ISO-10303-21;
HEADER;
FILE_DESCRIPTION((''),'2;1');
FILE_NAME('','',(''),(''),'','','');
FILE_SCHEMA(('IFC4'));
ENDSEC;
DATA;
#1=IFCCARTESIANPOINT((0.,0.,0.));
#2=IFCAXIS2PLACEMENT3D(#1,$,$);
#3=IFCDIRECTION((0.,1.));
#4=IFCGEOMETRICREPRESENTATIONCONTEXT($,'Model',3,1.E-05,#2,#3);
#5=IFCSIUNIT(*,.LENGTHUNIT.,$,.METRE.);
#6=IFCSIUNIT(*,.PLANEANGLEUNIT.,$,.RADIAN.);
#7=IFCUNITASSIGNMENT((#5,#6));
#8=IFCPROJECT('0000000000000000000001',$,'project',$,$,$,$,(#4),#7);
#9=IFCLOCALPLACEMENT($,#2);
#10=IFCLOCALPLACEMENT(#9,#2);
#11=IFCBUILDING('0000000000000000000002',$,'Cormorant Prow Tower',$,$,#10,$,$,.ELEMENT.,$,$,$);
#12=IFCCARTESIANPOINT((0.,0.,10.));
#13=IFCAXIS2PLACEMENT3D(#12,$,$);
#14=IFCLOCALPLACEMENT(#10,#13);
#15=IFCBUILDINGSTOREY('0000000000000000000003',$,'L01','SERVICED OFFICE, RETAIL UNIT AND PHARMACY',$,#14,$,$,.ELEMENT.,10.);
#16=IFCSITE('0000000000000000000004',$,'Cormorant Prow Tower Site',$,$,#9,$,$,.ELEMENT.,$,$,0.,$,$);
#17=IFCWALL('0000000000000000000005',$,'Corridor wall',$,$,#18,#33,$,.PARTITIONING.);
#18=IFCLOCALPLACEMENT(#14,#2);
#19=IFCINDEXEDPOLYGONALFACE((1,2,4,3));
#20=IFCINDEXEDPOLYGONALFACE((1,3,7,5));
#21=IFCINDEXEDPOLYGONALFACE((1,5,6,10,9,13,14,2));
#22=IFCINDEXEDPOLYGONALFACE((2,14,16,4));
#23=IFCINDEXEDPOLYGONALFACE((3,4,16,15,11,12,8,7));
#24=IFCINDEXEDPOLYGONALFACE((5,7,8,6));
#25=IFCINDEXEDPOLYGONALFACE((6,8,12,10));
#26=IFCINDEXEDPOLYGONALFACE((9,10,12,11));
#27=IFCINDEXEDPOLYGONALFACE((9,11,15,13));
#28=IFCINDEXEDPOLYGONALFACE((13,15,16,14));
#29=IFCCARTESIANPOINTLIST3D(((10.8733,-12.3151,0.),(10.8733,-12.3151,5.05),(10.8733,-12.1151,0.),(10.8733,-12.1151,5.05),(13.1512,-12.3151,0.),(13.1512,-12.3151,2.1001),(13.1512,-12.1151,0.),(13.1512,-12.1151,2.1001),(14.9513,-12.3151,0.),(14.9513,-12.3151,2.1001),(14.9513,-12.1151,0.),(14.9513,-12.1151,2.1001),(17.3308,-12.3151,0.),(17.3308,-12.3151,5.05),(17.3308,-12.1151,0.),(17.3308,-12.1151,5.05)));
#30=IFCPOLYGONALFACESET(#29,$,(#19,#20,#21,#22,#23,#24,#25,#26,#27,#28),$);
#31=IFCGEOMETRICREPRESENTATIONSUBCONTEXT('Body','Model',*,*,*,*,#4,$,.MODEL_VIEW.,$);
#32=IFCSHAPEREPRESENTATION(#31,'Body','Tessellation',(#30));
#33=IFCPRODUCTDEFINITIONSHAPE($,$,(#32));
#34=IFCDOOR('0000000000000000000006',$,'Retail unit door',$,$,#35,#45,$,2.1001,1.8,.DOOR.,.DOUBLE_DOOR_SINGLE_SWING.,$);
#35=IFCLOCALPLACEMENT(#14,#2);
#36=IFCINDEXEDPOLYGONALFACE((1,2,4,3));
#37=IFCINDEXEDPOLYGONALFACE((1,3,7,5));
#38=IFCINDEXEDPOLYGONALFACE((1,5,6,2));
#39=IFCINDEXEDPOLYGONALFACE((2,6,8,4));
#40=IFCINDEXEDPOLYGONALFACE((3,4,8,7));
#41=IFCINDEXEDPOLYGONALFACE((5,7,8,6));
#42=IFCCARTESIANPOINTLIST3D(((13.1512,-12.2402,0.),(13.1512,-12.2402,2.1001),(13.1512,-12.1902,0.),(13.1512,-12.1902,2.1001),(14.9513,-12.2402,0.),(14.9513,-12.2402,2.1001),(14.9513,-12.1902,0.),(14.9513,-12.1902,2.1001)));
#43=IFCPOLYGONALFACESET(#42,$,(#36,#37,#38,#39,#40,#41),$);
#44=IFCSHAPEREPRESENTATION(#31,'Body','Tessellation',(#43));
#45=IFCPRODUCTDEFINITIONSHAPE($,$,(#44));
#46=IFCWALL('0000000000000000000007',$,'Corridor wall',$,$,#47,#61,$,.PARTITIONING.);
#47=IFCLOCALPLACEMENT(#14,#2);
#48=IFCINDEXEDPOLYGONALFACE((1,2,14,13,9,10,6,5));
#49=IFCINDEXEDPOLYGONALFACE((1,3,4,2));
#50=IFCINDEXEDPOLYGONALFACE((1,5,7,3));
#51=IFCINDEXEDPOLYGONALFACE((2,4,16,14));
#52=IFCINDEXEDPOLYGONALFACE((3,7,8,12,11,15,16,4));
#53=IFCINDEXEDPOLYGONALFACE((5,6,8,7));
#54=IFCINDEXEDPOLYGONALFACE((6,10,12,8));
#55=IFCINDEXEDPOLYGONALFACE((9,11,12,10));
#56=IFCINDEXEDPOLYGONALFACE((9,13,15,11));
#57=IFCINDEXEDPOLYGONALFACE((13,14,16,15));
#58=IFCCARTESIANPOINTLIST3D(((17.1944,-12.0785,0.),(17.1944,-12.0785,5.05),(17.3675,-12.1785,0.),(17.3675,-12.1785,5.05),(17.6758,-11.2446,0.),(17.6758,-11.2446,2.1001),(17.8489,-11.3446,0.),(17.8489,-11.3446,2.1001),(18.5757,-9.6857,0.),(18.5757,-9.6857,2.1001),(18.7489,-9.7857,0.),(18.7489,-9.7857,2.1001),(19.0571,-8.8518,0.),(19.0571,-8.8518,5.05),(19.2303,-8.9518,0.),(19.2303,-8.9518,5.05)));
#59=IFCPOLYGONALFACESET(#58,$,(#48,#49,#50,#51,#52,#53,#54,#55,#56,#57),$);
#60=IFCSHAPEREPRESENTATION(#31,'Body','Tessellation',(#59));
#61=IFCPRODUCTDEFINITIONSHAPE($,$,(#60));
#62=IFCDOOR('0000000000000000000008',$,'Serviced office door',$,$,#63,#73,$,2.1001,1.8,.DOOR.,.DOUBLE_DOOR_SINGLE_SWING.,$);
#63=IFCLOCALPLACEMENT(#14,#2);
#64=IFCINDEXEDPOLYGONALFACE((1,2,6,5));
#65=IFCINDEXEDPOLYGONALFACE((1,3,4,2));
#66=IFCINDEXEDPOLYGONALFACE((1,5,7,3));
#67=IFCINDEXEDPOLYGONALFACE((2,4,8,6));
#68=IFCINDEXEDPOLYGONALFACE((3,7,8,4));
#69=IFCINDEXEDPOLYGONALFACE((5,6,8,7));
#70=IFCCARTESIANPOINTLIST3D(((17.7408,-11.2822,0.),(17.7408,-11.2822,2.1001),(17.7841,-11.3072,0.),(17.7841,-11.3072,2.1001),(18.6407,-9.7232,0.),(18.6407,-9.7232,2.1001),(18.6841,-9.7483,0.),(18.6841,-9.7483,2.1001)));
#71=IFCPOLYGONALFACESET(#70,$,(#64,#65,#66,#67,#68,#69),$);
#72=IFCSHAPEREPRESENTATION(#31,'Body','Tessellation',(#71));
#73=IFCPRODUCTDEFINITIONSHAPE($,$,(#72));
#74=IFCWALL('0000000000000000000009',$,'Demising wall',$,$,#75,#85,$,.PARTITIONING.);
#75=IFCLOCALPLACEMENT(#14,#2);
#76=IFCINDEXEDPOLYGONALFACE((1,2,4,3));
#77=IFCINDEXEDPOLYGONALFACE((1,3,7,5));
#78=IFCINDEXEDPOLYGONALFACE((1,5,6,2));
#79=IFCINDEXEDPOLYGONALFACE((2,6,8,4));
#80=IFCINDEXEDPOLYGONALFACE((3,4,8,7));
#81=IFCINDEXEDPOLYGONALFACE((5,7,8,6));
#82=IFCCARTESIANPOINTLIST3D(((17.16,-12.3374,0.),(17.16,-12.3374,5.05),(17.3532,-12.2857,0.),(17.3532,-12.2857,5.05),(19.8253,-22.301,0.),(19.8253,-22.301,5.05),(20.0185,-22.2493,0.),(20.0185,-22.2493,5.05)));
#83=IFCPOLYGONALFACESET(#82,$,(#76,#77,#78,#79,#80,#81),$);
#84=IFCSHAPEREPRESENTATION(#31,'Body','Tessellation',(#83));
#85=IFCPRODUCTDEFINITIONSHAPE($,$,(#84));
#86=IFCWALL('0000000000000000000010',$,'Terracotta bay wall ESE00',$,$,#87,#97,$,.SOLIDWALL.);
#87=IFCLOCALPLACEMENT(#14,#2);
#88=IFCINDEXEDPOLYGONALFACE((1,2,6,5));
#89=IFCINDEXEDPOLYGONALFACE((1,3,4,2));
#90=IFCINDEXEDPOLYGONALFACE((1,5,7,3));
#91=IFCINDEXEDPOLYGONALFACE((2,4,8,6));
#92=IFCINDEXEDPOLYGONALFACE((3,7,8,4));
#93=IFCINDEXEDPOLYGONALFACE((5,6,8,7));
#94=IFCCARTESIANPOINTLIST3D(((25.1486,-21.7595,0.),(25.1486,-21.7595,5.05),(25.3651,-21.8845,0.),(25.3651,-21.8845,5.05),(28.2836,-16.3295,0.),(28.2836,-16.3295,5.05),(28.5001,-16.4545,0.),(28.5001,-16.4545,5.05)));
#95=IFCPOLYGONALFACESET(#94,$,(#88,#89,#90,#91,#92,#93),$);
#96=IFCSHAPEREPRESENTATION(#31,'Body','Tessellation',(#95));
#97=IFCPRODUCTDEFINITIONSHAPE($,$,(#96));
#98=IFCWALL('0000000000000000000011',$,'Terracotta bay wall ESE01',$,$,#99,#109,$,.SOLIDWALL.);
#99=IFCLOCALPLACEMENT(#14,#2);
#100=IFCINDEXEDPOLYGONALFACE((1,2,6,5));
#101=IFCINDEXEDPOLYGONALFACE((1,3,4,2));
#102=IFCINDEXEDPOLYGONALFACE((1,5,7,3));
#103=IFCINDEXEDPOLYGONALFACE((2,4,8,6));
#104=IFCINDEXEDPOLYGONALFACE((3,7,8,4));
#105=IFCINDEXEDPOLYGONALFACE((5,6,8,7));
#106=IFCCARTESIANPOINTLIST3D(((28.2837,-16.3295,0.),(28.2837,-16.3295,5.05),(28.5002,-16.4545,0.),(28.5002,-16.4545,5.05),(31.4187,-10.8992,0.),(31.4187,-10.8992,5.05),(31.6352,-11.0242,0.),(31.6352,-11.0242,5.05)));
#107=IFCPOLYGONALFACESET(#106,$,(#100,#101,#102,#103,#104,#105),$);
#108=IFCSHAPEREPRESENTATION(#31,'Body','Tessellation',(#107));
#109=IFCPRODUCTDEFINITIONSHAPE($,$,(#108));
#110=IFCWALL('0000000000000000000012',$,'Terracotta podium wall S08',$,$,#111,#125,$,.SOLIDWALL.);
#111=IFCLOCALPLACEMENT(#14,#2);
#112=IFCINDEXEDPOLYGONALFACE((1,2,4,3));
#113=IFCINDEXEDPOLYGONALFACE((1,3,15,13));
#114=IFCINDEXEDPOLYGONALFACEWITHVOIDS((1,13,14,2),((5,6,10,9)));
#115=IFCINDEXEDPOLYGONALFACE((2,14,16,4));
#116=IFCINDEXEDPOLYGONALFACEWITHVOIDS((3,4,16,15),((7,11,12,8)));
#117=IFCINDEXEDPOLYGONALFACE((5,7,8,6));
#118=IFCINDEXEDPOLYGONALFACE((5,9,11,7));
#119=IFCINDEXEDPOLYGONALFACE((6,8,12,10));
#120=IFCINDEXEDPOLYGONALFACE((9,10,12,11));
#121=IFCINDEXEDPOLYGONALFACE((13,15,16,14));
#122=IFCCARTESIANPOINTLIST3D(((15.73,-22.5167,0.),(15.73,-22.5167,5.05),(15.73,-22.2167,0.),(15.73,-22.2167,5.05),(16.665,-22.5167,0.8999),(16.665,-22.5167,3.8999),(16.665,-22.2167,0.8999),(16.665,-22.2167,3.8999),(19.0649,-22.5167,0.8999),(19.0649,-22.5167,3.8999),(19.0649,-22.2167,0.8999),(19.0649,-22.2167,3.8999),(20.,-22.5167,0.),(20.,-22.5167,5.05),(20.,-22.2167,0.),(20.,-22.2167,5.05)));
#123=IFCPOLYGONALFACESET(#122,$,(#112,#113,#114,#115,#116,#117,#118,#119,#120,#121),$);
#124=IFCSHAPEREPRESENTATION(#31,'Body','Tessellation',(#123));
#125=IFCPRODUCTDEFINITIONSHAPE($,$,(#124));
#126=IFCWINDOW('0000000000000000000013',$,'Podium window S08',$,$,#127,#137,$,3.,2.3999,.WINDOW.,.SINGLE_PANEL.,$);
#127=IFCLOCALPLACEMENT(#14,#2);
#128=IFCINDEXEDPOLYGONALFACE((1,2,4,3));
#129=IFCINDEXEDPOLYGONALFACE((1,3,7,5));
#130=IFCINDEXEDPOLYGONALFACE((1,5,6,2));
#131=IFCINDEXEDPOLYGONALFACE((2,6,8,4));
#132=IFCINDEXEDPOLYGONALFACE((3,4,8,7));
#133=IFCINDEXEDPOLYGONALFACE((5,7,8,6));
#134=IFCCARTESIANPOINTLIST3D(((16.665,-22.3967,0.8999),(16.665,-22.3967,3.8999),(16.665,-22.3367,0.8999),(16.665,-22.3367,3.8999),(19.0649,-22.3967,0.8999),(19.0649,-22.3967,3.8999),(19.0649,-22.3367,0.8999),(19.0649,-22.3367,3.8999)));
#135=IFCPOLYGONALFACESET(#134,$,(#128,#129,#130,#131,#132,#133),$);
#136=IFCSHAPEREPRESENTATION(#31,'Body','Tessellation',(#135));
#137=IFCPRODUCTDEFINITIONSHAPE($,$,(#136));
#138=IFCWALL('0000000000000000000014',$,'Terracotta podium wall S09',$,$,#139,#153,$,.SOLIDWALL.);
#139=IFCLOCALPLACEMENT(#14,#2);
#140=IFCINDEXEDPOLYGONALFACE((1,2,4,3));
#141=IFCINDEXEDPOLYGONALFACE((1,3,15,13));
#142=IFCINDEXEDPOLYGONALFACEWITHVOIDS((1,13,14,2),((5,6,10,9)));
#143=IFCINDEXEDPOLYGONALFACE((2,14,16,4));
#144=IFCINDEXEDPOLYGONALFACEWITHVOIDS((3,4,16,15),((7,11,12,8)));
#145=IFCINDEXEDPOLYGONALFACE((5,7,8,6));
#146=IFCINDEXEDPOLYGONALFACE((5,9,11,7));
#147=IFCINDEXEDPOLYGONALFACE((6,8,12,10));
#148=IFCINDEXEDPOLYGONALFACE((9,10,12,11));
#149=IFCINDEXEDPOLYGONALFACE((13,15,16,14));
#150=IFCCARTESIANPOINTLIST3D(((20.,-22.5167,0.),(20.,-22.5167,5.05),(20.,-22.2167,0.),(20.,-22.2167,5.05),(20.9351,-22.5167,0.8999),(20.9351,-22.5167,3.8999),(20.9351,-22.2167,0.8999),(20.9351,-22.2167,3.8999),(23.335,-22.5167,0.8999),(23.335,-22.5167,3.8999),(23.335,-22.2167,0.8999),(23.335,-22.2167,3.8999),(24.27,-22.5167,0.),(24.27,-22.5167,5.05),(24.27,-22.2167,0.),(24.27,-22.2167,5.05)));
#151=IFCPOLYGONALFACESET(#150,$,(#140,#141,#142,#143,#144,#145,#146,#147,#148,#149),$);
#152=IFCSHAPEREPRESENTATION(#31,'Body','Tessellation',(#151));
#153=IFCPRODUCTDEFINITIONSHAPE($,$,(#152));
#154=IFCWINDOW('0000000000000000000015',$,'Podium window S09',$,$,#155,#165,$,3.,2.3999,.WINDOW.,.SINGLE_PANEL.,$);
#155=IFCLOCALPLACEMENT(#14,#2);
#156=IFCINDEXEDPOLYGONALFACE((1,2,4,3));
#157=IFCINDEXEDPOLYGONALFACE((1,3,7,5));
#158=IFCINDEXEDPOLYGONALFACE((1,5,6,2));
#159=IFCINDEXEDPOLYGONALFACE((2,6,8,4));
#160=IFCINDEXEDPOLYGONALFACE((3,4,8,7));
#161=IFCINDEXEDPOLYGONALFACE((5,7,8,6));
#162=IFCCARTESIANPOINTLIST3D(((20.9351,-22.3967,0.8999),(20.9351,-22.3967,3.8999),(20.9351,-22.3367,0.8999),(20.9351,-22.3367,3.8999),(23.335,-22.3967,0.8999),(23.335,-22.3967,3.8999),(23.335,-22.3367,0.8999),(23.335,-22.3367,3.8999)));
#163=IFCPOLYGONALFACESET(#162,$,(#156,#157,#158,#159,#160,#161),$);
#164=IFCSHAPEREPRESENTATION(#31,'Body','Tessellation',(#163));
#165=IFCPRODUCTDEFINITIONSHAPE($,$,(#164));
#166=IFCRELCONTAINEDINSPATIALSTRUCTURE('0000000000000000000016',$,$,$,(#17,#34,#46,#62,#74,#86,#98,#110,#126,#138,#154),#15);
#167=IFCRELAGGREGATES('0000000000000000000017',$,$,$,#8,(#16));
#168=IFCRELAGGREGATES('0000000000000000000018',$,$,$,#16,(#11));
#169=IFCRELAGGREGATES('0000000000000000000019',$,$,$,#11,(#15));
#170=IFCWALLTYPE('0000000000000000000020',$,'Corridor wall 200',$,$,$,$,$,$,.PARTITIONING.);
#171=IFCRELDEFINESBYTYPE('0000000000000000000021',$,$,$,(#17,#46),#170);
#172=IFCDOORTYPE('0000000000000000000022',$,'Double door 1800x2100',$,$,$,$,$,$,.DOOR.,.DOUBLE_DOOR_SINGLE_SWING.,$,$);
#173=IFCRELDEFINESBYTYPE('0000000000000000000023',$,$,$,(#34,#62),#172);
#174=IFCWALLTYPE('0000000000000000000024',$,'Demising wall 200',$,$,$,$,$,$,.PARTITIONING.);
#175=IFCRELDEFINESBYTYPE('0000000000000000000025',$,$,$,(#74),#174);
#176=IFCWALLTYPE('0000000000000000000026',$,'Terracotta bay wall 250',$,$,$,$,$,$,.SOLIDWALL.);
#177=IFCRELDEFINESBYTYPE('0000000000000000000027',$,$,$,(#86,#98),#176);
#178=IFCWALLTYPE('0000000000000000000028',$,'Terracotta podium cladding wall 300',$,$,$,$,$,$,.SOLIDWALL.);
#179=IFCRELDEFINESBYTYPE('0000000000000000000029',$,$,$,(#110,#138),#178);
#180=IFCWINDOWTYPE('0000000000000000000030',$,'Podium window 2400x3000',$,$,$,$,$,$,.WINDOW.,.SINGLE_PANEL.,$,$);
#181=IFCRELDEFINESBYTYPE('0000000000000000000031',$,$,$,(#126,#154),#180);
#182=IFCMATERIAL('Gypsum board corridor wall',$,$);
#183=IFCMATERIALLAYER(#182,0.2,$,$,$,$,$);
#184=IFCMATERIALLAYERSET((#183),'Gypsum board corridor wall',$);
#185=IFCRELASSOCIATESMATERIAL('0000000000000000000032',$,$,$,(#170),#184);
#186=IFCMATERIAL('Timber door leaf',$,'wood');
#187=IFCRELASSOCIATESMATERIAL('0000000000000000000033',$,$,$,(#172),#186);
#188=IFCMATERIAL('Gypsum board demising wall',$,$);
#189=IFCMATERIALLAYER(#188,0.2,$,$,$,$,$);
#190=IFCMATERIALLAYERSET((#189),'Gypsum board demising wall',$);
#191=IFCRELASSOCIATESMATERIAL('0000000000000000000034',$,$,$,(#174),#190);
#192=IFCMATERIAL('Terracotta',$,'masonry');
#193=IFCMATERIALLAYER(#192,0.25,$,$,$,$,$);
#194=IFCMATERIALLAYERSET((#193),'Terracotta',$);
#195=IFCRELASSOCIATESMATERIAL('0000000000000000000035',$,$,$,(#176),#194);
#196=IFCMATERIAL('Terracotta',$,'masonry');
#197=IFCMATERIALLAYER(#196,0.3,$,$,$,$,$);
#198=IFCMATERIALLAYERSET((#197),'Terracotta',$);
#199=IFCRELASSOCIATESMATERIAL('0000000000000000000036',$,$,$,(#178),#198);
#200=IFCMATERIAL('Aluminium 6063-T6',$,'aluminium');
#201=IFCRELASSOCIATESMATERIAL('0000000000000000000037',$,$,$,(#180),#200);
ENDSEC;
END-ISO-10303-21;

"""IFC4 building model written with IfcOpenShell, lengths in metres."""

from ifc_helpers import new_model, si_unit, direction, frame, frame_2d, origin, place, context, subcontext, project, spatial, rectangle, extrude, material, layer, layer_set, type_object, element, fill, save


model = new_model("IFC4")

# Units and contexts
model_context = context("Model", 3, precision=1e-05, world=origin(), true_north=direction((0.0, 1.0)))
body_context = subcontext(model_context, "Body", "Model", "MODEL_VIEW")
ifc_project = project(units=[si_unit("LENGTHUNIT", "METRE"), si_unit("PLANEANGLEUNIT", "RADIAN")], contexts=[model_context])

# Site, building, storey
site_placement = place(None, origin())
site = spatial("IfcSite", under=ifc_project, at=site_placement, Name="Cormorant Prow Tower Site", CompositionType="ELEMENT", RefElevation=0.0)
building_placement = place(site_placement, origin())
building = spatial("IfcBuilding", under=site, at=building_placement, Name="Cormorant Prow Tower", CompositionType="ELEMENT")
storey_placement = place(building_placement, frame((0.0, 0.0, 10.0)))
storey = spatial("IfcBuildingStorey", under=building, at=storey_placement, Name="L01", Description="SERVICED OFFICE, RETAIL UNIT AND PHARMACY", CompositionType="ELEMENT", Elevation=10.0)

# Walls, openings, doors
ifc_material_1 = material(Name="Gypsum board corridor wall")
ifc_layer_1 = layer(ifc_material_1, 0.2)
ifc_layer_set_1 = layer_set([ifc_layer_1], Name="Gypsum board corridor wall")
wall_type_1 = type_object("IfcWallType", Name="Corridor wall 200", PredefinedType="PARTITIONING", material=ifc_layer_set_1)
wall_1_placement = place(storey_placement, frame((10.8733, -12.2151, 0.0), z_axis=(0.0, 0.0, 1.0), x_axis=(1.0, 0.0, 0.0)))
wall_1 = element("IfcWall", 1, at=wall_1_placement, inside=storey, type_object=wall_type_1, Name="Corridor wall", PredefinedType="PARTITIONING", context=body_context, shape_type="SweptSolid", body=[
    extrude(rectangle(XDim=6.4575, YDim=0.2, at=frame_2d((3.2288, 0.0))), origin(), (0.0, 0.0, 1.0), 5.05),
])
opening_1_placement = place(wall_1_placement, frame((2.2781, 0.0, 0.0)))
opening_1 = element("IfcOpeningElement", 2, at=opening_1_placement, cuts=wall_1, PredefinedType="OPENING", context=body_context, shape_type="SweptSolid", body=[
    extrude(rectangle(XDim=1.8, YDim=2.1001, at=frame_2d((0.8999, 1.05))), frame((0.0, 0.1099, 0.0), z_axis=(0.0, -1.0, 0.0), x_axis=(1.0, 0.0, 0.0)), (0.0, 0.0, 1.0), 0.22),
])
ifc_material_2 = material(Name="Timber door leaf", Category="wood")
door_type = type_object("IfcDoorType", Name="Double door 1800x2100", OperationType="DOUBLE_DOOR_SINGLE_SWING", PredefinedType="DOOR", material=ifc_material_2)
door_1_placement = place(opening_1_placement, origin())
door_1 = element("IfcDoor", 3, at=door_1_placement, inside=storey, type_object=door_type, Name="Retail unit door", OperationType="DOUBLE_DOOR_SINGLE_SWING", OverallHeight=2.1001, OverallWidth=1.8, PredefinedType="DOOR", context=body_context, shape_type="SweptSolid", body=[
    extrude(rectangle(XDim=1.8, YDim=2.1001, at=frame_2d((0.8999, 1.05))), frame((0.0, 0.0249, 0.0), z_axis=(0.0, -1.0, 0.0), x_axis=(1.0, 0.0, 0.0)), (0.0, 0.0, 1.0), 0.05),
])
fill(opening_1, door_1)
wall_2_placement = place(storey_placement, frame((17.281, -12.1284, 0.0), z_axis=(0.0, 0.0, 1.0), x_axis=(0.499959, 0.866049, 0.0)))
wall_2 = element("IfcWall", 4, at=wall_2_placement, inside=storey, type_object=wall_type_1, Name="Corridor wall", PredefinedType="PARTITIONING", context=body_context, shape_type="SweptSolid", body=[
    extrude(rectangle(XDim=3.7258, YDim=0.2, at=frame_2d((1.8628, 0.0))), origin(), (0.0, 0.0, 1.0), 5.05),
])
opening_2_placement = place(wall_2_placement, frame((0.9629, 0.0, 0.0)))
opening_2 = element("IfcOpeningElement", 5, at=opening_2_placement, cuts=wall_2, PredefinedType="OPENING", context=body_context, shape_type="SweptSolid", body=[
    extrude(rectangle(XDim=1.8, YDim=2.1001, at=frame_2d((0.8999, 1.05))), frame((0.0, 0.1099, 0.0), z_axis=(0.0, -1.0, 0.0), x_axis=(1.0, 0.0, 0.0)), (0.0, 0.0, 1.0), 0.22),
])
door_2_placement = place(opening_2_placement, origin())
door_2 = element("IfcDoor", 6, at=door_2_placement, inside=storey, type_object=door_type, Name="Serviced office door", OperationType="DOUBLE_DOOR_SINGLE_SWING", OverallHeight=2.1001, OverallWidth=1.8, PredefinedType="DOOR", context=body_context, shape_type="SweptSolid", body=[
    extrude(rectangle(XDim=1.8, YDim=2.1001, at=frame_2d((0.8999, 1.05))), frame((0.0, 0.0249, 0.0), z_axis=(0.0, -1.0, 0.0), x_axis=(1.0, 0.0, 0.0)), (0.0, 0.0, 1.0), 0.05),
])
fill(opening_2, door_2)

# Walls
ifc_material_3 = material(Name="Gypsum board demising wall")
ifc_layer_2 = layer(ifc_material_3, 0.2)
ifc_layer_set_2 = layer_set([ifc_layer_2], Name="Gypsum board demising wall")
wall_type_2 = type_object("IfcWallType", Name="Demising wall 200", PredefinedType="PARTITIONING", material=ifc_layer_set_2)
wall_3_placement = place(storey_placement, frame((17.2566, -12.3115, 0.0), z_axis=(0.0, 0.0, 1.0), x_axis=(0.258415, -0.966034, 0.0)))
element("IfcWall", 7, at=wall_3_placement, inside=storey, type_object=wall_type_2, Name="Demising wall", PredefinedType="PARTITIONING", context=body_context, shape_type="SweptSolid", body=[
    extrude(rectangle(XDim=10.314, YDim=0.2, at=frame_2d((5.157, 0.0))), origin(), (0.0, 0.0, 1.0), 5.05),
])
ifc_material_4 = material(Name="Terracotta", Category="masonry")
ifc_layer_3 = layer(ifc_material_4, 0.25)
ifc_layer_set_3 = layer_set([ifc_layer_3], Name="Terracotta")
wall_type_3 = type_object("IfcWallType", Name="Terracotta bay wall 250", PredefinedType="SOLIDWALL", material=ifc_layer_set_3)
wall_4_placement = place(storey_placement, frame((25.2568, -21.822, 0.0), z_axis=(0.0, 0.0, 1.0), x_axis=(0.500004, 0.866023, 0.0)))
element("IfcWall", 8, at=wall_4_placement, inside=storey, type_object=wall_type_3, Name="Terracotta bay wall ESE00", PredefinedType="SOLIDWALL", context=body_context, shape_type="SweptSolid", body=[
    extrude(rectangle(XDim=6.27, YDim=0.25, at=frame_2d((3.135, 0.0))), origin(), (0.0, 0.0, 1.0), 5.05),
])
wall_5_placement = place(storey_placement, frame((28.3918, -16.3921, 0.0), z_axis=(0.0, 0.0, 1.0), x_axis=(0.499988, 0.866033, 0.0)))
element("IfcWall", 9, at=wall_5_placement, inside=storey, type_object=wall_type_3, Name="Terracotta bay wall ESE01", PredefinedType="SOLIDWALL", context=body_context, shape_type="SweptSolid", body=[
    extrude(rectangle(XDim=6.2703, YDim=0.25, at=frame_2d((3.1353, 0.0))), origin(), (0.0, 0.0, 1.0), 5.05),
])

# Walls, openings, windows
ifc_material_5 = material(Name="Terracotta", Category="masonry")
ifc_layer_4 = layer(ifc_material_5, 0.3)
ifc_layer_set_4 = layer_set([ifc_layer_4], Name="Terracotta")
wall_type_4 = type_object("IfcWallType", Name="Terracotta podium cladding wall 300", PredefinedType="SOLIDWALL", material=ifc_layer_set_4)
wall_6_placement = place(storey_placement, frame((15.73, -22.3667, 0.0), z_axis=(0.0, 0.0, 1.0), x_axis=(1.0, 0.0, 0.0)))
wall_6 = element("IfcWall", 10, at=wall_6_placement, inside=storey, type_object=wall_type_4, Name="Terracotta podium wall S08", PredefinedType="SOLIDWALL", context=body_context, shape_type="SweptSolid", body=[
    extrude(rectangle(XDim=4.27, YDim=0.3, at=frame_2d((2.135, 0.0))), origin(), (0.0, 0.0, 1.0), 5.05),
])
opening_3_placement = place(wall_6_placement, frame((0.9351, 0.0, 0.8999)))
opening_3 = element("IfcOpeningElement", 11, at=opening_3_placement, cuts=wall_6, PredefinedType="OPENING", context=body_context, shape_type="SweptSolid", body=[
    extrude(rectangle(XDim=2.3999, YDim=3.0, at=frame_2d((1.2, 1.5))), frame((0.0, 0.1599, 0.0), z_axis=(0.0, -1.0, 0.0), x_axis=(1.0, 0.0, 0.0)), (0.0, 0.0, 1.0), 0.3201),
])
ifc_material_6 = material(Name="Aluminium 6063-T6", Category="aluminium")
window_type = type_object("IfcWindowType", Name="Podium window 2400x3000", PartitioningType="SINGLE_PANEL", PredefinedType="WINDOW", material=ifc_material_6)
window_1_placement = place(opening_3_placement, origin())
window_1 = element("IfcWindow", 12, at=window_1_placement, inside=storey, type_object=window_type, Name="Podium window S08", OverallHeight=3.0, OverallWidth=2.3999, PartitioningType="SINGLE_PANEL", PredefinedType="WINDOW", context=body_context, shape_type="SweptSolid", body=[
    extrude(rectangle(XDim=2.3999, YDim=3.0, at=frame_2d((1.2, 1.5))), frame((0.0, 0.03, 0.0), z_axis=(0.0, -1.0, 0.0), x_axis=(1.0, 0.0, 0.0)), (0.0, 0.0, 1.0), 0.0601),
])
fill(opening_3, window_1)
wall_7_placement = place(storey_placement, frame((20.0, -22.3667, 0.0), z_axis=(0.0, 0.0, 1.0), x_axis=(1.0, 0.0, 0.0)))
wall_7 = element("IfcWall", 13, at=wall_7_placement, inside=storey, type_object=wall_type_4, Name="Terracotta podium wall S09", PredefinedType="SOLIDWALL", context=body_context, shape_type="SweptSolid", body=[
    extrude(rectangle(XDim=4.27, YDim=0.3, at=frame_2d((2.135, 0.0))), origin(), (0.0, 0.0, 1.0), 5.05),
])
opening_4_placement = place(wall_7_placement, frame((0.9351, 0.0, 0.8999)))
opening_4 = element("IfcOpeningElement", 14, at=opening_4_placement, cuts=wall_7, PredefinedType="OPENING", context=body_context, shape_type="SweptSolid", body=[
    extrude(rectangle(XDim=2.3999, YDim=3.0, at=frame_2d((1.2, 1.5))), frame((0.0, 0.1599, 0.0), z_axis=(0.0, -1.0, 0.0), x_axis=(1.0, 0.0, 0.0)), (0.0, 0.0, 1.0), 0.3201),
])
window_2_placement = place(opening_4_placement, origin())
window_2 = element("IfcWindow", 15, at=window_2_placement, inside=storey, type_object=window_type, Name="Podium window S09", OverallHeight=3.0, OverallWidth=2.3999, PartitioningType="SINGLE_PANEL", PredefinedType="WINDOW", context=body_context, shape_type="SweptSolid", body=[
    extrude(rectangle(XDim=2.3999, YDim=3.0, at=frame_2d((1.2, 1.5))), frame((0.0, 0.03, 0.0), z_axis=(0.0, -1.0, 0.0), x_axis=(1.0, 0.0, 0.0)), (0.0, 0.0, 1.0), 0.0601),
])
fill(opening_4, window_2)

save(model, "model.ifc")
